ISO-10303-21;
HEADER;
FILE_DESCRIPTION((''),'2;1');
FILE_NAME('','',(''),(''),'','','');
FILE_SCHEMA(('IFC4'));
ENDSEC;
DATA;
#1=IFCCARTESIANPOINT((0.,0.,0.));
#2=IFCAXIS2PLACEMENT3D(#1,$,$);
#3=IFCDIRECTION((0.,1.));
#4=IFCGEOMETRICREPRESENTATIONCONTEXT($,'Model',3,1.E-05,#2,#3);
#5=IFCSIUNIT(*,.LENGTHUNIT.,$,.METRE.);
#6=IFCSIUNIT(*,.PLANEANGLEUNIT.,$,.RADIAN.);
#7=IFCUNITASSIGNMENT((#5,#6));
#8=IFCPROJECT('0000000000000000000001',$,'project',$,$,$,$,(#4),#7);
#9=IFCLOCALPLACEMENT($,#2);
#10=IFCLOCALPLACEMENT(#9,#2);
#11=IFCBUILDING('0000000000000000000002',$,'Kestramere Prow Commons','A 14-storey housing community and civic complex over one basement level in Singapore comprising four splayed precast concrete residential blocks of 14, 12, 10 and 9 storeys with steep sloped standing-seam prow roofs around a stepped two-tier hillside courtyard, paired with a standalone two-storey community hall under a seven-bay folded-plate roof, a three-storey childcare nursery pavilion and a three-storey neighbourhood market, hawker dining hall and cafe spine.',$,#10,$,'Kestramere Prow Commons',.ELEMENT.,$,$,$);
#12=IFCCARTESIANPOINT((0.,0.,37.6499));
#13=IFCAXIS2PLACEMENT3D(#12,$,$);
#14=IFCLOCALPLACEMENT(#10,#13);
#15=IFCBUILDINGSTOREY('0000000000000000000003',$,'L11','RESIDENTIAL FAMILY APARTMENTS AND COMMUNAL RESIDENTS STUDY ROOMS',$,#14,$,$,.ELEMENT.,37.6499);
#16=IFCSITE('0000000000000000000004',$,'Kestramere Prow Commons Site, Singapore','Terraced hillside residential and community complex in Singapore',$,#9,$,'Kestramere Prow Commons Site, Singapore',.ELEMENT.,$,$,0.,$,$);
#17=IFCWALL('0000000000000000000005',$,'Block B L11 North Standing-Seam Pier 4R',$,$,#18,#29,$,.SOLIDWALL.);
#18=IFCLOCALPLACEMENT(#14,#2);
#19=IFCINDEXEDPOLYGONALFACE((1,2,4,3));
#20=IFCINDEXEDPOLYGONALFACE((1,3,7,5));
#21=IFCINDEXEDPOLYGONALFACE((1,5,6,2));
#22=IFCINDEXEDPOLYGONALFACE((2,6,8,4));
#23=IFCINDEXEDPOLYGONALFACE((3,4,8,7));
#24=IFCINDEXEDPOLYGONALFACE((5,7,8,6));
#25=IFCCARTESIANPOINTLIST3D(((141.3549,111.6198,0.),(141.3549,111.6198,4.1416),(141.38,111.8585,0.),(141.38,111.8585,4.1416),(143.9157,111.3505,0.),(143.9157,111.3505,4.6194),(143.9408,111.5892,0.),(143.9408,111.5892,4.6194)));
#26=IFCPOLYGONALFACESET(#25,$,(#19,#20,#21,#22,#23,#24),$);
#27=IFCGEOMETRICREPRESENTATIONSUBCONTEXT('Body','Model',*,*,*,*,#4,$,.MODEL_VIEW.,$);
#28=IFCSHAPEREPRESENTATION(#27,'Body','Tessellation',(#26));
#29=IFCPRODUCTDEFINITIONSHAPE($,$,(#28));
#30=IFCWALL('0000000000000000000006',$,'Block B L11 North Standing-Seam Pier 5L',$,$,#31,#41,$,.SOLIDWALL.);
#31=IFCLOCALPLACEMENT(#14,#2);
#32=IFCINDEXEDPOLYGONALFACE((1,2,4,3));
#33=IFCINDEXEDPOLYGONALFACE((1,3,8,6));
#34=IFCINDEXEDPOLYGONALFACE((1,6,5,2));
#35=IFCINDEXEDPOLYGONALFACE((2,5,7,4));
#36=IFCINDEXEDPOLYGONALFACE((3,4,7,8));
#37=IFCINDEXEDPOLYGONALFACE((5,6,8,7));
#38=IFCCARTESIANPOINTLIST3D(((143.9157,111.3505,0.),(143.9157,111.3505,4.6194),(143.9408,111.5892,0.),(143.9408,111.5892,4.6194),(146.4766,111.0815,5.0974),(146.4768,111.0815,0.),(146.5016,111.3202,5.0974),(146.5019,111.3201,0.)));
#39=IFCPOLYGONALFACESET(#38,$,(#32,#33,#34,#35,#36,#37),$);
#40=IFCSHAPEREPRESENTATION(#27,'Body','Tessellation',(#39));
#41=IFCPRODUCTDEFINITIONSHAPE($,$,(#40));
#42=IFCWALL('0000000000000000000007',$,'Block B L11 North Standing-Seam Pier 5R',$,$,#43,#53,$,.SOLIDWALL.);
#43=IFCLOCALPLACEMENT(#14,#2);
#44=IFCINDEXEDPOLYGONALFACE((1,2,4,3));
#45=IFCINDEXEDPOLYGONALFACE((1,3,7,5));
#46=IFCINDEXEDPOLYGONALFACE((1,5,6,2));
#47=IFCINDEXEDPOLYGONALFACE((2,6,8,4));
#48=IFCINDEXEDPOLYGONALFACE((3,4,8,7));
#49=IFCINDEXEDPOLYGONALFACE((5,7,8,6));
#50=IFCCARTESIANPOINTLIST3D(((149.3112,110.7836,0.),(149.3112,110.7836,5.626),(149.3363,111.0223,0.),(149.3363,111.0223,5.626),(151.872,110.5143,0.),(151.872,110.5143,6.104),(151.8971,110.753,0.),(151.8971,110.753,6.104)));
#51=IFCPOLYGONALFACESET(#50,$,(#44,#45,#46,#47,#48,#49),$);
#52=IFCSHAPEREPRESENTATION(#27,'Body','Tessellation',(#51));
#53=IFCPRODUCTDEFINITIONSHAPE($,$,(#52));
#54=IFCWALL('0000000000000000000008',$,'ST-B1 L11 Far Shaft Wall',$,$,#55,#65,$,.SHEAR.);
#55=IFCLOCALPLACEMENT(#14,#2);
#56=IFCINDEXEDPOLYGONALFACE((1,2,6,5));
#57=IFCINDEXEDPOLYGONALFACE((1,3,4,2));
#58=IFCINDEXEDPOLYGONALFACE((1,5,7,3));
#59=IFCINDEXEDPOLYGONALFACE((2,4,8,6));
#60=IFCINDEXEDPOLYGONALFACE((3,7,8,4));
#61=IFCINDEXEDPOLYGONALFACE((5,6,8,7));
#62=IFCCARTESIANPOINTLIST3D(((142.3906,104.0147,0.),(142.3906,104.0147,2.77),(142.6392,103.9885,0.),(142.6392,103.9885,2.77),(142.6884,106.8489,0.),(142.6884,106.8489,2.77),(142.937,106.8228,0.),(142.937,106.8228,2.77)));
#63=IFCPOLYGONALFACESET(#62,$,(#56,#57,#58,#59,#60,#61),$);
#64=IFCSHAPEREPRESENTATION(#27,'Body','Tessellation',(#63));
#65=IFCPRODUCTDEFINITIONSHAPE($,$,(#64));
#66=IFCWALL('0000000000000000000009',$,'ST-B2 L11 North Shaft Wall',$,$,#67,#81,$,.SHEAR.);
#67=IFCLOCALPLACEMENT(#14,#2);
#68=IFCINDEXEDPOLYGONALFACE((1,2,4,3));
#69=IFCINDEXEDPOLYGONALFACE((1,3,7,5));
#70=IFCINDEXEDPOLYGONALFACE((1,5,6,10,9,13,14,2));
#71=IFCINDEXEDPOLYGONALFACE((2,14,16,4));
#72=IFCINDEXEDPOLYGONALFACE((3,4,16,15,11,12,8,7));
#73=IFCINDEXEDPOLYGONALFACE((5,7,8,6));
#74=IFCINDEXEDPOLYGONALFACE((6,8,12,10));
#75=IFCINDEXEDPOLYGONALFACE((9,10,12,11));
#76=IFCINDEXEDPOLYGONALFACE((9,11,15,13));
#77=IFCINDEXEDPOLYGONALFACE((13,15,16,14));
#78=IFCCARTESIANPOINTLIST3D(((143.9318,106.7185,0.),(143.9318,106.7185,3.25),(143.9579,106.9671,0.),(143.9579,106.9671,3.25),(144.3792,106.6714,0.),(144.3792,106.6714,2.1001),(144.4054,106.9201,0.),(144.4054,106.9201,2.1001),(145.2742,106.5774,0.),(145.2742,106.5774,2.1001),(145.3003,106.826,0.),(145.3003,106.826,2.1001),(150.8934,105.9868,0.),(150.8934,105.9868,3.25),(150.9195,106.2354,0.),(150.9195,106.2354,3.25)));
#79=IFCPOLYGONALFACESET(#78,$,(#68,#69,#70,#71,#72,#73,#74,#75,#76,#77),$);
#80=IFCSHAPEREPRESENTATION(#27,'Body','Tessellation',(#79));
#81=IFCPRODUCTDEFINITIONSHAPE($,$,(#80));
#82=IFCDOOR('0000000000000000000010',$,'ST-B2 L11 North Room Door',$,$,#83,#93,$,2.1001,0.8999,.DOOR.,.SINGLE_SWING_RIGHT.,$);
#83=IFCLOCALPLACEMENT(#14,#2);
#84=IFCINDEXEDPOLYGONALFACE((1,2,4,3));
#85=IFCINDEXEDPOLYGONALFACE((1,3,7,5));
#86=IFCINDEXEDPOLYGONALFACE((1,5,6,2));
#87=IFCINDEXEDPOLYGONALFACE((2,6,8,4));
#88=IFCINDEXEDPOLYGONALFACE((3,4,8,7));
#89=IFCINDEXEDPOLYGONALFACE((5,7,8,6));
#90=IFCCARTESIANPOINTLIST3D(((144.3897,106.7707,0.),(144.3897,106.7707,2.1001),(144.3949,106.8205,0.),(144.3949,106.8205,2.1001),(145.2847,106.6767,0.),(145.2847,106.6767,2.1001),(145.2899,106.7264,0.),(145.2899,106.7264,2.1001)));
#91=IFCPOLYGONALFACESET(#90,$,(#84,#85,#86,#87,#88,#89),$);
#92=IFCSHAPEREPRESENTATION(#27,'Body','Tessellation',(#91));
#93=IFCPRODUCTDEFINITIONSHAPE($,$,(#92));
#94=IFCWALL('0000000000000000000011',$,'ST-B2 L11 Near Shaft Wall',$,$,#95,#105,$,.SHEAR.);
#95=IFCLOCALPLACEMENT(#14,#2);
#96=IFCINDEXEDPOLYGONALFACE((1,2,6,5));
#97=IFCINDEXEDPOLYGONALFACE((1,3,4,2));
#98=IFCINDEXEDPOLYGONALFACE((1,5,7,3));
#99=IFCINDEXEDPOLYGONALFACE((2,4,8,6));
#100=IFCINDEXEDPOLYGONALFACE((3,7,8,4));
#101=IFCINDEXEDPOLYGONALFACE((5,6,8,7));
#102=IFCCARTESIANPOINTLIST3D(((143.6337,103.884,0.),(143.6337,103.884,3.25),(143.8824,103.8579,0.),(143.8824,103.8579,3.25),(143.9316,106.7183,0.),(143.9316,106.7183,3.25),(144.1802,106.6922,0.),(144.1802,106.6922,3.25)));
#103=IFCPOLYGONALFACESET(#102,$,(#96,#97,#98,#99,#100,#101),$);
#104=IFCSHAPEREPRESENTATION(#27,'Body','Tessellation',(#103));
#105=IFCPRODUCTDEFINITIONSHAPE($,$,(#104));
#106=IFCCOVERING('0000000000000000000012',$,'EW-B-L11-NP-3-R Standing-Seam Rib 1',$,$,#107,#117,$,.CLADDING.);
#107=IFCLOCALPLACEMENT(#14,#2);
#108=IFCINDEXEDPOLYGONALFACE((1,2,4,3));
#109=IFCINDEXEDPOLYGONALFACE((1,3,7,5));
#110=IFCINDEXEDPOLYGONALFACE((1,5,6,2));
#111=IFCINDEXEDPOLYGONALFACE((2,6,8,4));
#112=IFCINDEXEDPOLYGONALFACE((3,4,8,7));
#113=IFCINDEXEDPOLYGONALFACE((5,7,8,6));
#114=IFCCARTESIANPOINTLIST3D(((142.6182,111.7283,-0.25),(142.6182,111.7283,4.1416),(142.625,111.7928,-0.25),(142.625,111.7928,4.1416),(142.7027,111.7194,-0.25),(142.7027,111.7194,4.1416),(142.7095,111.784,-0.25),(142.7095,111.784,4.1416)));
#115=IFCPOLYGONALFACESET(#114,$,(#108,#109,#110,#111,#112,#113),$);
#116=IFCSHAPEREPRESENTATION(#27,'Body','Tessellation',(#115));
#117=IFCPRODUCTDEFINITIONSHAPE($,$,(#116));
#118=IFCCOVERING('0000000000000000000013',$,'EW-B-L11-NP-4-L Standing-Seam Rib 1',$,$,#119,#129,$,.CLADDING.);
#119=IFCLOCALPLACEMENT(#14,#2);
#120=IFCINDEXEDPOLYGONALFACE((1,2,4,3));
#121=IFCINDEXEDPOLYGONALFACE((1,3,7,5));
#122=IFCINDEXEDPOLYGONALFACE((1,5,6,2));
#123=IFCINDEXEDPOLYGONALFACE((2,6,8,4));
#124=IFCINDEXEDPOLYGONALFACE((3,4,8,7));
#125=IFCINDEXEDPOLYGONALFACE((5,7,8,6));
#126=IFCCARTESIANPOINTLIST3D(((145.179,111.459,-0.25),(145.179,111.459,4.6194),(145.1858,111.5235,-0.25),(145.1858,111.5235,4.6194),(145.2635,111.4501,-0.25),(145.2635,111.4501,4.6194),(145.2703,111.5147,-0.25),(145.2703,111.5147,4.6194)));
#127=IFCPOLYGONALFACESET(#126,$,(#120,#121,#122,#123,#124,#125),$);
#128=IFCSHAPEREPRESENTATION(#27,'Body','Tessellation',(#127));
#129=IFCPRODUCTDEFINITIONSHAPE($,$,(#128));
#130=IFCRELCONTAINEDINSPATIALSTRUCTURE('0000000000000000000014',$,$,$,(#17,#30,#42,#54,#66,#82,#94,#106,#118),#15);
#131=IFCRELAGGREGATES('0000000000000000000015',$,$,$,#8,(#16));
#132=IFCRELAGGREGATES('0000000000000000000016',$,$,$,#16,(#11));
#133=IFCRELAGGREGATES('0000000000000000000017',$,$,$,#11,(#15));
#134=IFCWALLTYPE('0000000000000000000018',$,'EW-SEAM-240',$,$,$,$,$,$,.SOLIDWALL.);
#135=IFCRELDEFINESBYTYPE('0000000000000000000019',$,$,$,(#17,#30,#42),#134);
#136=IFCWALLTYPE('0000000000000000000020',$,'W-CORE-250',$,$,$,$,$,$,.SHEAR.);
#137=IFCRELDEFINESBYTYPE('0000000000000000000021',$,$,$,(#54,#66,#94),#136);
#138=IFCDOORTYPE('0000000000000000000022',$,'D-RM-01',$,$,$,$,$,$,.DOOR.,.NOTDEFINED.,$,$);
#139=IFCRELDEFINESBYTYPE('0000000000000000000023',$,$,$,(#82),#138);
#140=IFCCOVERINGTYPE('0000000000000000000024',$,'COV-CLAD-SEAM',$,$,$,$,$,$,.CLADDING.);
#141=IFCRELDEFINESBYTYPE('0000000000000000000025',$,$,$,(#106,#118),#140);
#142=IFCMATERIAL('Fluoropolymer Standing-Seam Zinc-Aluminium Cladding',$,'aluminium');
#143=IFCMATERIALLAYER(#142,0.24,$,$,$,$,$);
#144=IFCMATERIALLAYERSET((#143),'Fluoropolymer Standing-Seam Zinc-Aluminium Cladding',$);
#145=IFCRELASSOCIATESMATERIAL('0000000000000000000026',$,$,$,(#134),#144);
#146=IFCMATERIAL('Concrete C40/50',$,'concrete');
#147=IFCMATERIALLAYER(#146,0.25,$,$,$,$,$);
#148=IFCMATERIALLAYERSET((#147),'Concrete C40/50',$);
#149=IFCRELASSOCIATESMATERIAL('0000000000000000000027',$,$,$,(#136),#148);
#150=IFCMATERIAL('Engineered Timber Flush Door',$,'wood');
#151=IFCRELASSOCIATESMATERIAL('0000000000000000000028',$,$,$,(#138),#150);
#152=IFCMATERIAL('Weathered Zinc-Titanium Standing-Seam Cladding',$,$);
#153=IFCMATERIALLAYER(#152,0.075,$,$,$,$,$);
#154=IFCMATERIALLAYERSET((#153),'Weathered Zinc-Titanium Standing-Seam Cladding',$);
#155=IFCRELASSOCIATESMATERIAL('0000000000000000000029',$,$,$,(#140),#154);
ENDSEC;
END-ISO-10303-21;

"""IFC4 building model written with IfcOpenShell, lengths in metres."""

from ifc_helpers import new_model, si_unit, direction, frame, frame_2d, origin, origin_2d, place, context, subcontext, project, spatial, polyline, rectangle, outline, extrude, material, layer, layer_set, type_object, element, fill, save


model = new_model("IFC4")

# Units and contexts
model_context = context("Model", 3, precision=1e-05, world=origin(), true_north=direction((0.0, 1.0)))
body_context = subcontext(model_context, "Body", "Model", "MODEL_VIEW")
ifc_project = project(units=[si_unit("LENGTHUNIT", "METRE"), si_unit("PLANEANGLEUNIT", "RADIAN")], contexts=[model_context])

# Site, building, storey
site_placement = place(None, origin())
site = spatial("IfcSite", under=ifc_project, at=site_placement, Name="Kestramere Prow Commons Site, Singapore", Description="Terraced hillside residential and community complex in Singapore", LongName="Kestramere Prow Commons Site, Singapore", CompositionType="ELEMENT", RefElevation=0.0)
building_placement = place(site_placement, origin())
building = spatial("IfcBuilding", under=site, at=building_placement, Name="Kestramere Prow Commons", Description="A 14-storey housing community and civic complex over one basement level in Singapore comprising four splayed precast concrete residential blocks of 14, 12, 10 and 9 storeys with steep sloped standing-seam prow roofs around a stepped two-tier hillside courtyard, paired with a standalone two-storey community hall under a seven-bay folded-plate roof, a three-storey childcare nursery pavilion and a three-storey neighbourhood market, hawker dining hall and cafe spine.", LongName="Kestramere Prow Commons", CompositionType="ELEMENT")
storey_placement = place(building_placement, frame((0.0, 0.0, 37.6499)))
storey = spatial("IfcBuildingStorey", under=building, at=storey_placement, Name="L11", Description="RESIDENTIAL FAMILY APARTMENTS AND COMMUNAL RESIDENTS STUDY ROOMS", CompositionType="ELEMENT", Elevation=37.6499)

# Walls
ifc_material_1 = material(Name="Fluoropolymer Standing-Seam Zinc-Aluminium Cladding", Category="aluminium")
ifc_layer_1 = layer(ifc_material_1, 0.24)
ifc_layer_set_1 = layer_set([ifc_layer_1], Name="Fluoropolymer Standing-Seam Zinc-Aluminium Cladding")
wall_type_1 = type_object("IfcWallType", Name="EW-SEAM-240", PredefinedType="SOLIDWALL", material=ifc_layer_set_1)
wall_1_placement = place(storey_placement, frame((141.3674, 111.739, 0.0), z_axis=(0.0, 0.0, 1.0), x_axis=(0.994516, -0.104581, 0.0)))
element("IfcWall", 1, at=wall_1_placement, inside=storey, type_object=wall_type_1, Name="Block B L11 North Standing-Seam Pier 4R", PredefinedType="SOLIDWALL", context=body_context, shape_type="SweptSolid", body=[
    extrude(outline(polyline([(0.0, 0.0), (2.575, 0.0), (2.575, 4.6194), (0.0, 4.1416), (0.0, 0.0)])), frame((0.0, 0.1201, 0.0), z_axis=(0.0, -1.0, 0.0), x_axis=(1.0, 0.0, 0.0)), (0.0, 0.0, 1.0), 0.24),
])
wall_2_placement = place(storey_placement, frame((143.9282, 111.4697, 0.0), z_axis=(0.0, 0.0, 1.0), x_axis=(0.994527, -0.104478, 0.0)))
element("IfcWall", 2, at=wall_2_placement, inside=storey, type_object=wall_type_1, Name="Block B L11 North Standing-Seam Pier 5L", PredefinedType="SOLIDWALL", context=body_context, shape_type="SweptSolid", body=[
    extrude(outline(polyline([(0.0, 0.0), (2.5752, 0.0), (2.575, 5.0974), (0.0, 4.6194), (0.0, 0.0)])), frame((0.0, 0.1201, 0.0), z_axis=(0.0, -1.0, 0.0), x_axis=(1.0, 0.0, 0.0)), (0.0, 0.0, 1.0), 0.24),
])
wall_3_placement = place(storey_placement, frame((149.3237, 110.9028, 0.0), z_axis=(0.0, 0.0, 1.0), x_axis=(0.994516, -0.104581, 0.0)))
element("IfcWall", 3, at=wall_3_placement, inside=storey, type_object=wall_type_1, Name="Block B L11 North Standing-Seam Pier 5R", PredefinedType="SOLIDWALL", context=body_context, shape_type="SweptSolid", body=[
    extrude(outline(polyline([(0.0, 0.0), (2.575, 0.0), (2.575, 6.104), (0.0, 5.626), (0.0, 0.0)])), frame((0.0, 0.1201, 0.0), z_axis=(0.0, -1.0, 0.0), x_axis=(1.0, 0.0, 0.0)), (0.0, 0.0, 1.0), 0.24),
])
ifc_material_2 = material(Name="Concrete C40/50", Category="concrete")
ifc_layer_2 = layer(ifc_material_2, 0.25)
ifc_layer_set_2 = layer_set([ifc_layer_2], Name="Concrete C40/50")
wall_type_2 = type_object("IfcWallType", Name="W-CORE-250", PredefinedType="SHEAR", material=ifc_layer_set_2)
wall_4_placement = place(storey_placement, frame((142.5149, 104.0017, 0.0), z_axis=(0.0, 0.0, 1.0), x_axis=(0.104515, 0.994523, 0.0)))
element("IfcWall", 4, at=wall_4_placement, inside=storey, type_object=wall_type_2, Name="ST-B1 L11 Far Shaft Wall", PredefinedType="SHEAR", context=body_context, shape_type="SweptSolid", body=[
    extrude(rectangle(XDim=2.8499, YDim=0.25, at=frame_2d((1.4248, 0.0))), origin(), (0.0, 0.0, 1.0), 2.77),
])

# Wall, opening, door
wall_5_placement = place(storey_placement, frame((143.9448, 106.8428, 0.0), z_axis=(0.0, 0.0, 1.0), x_axis=(0.994522, -0.104527, 0.0)))
wall_5 = element("IfcWall", 5, at=wall_5_placement, inside=storey, type_object=wall_type_2, Name="ST-B2 L11 North Shaft Wall", PredefinedType="SHEAR", context=body_context, shape_type="SweptSolid", body=[
    extrude(rectangle(XDim=7.0, YDim=0.25, at=frame_2d((3.5, 0.0))), origin(), (0.0, 0.0, 1.0), 3.25),
])
opening_placement = place(wall_5_placement, frame((0.45, 0.0, 0.0)))
opening = element("IfcOpeningElement", 6, at=opening_placement, cuts=wall_5, PredefinedType="OPENING", context=body_context, shape_type="SweptSolid", body=[
    extrude(rectangle(XDim=0.8999, YDim=2.1001, at=frame_2d((0.45, 1.05))), frame((0.0, 0.1399, 0.0), z_axis=(0.0, -1.0, 0.0), x_axis=(1.0, 0.0, 0.0)), (0.0, 0.0, 1.0), 0.28),
])
ifc_material_3 = material(Name="Engineered Timber Flush Door", Category="wood")
door_type = type_object("IfcDoorType", Name="D-RM-01", OperationType="NOTDEFINED", PredefinedType="DOOR", material=ifc_material_3)
door_placement = place(opening_placement, origin())
door = element("IfcDoor", 7, at=door_placement, inside=storey, type_object=door_type, Name="ST-B2 L11 North Room Door", OperationType="SINGLE_SWING_RIGHT", OverallHeight=2.1001, OverallWidth=0.8999, PredefinedType="DOOR", context=body_context, shape_type="SweptSolid", body=[
    extrude(rectangle(XDim=0.8999, YDim=2.1001, at=frame_2d((0.45, 1.05))), frame((0.0, 0.0249, 0.0), z_axis=(0.0, -1.0, 0.0), x_axis=(1.0, 0.0, 0.0)), (0.0, 0.0, 1.0), 0.05),
])
fill(opening, door)

# Wall
wall_6_placement = place(storey_placement, frame((143.7581, 103.8711, 0.0), z_axis=(0.0, 0.0, 1.0), x_axis=(0.104515, 0.994523, 0.0)))
element("IfcWall", 8, at=wall_6_placement, inside=storey, type_object=wall_type_2, Name="ST-B2 L11 Near Shaft Wall", PredefinedType="SHEAR", context=body_context, shape_type="SweptSolid", body=[
    extrude(rectangle(XDim=2.8499, YDim=0.25, at=frame_2d((1.4248, 0.0))), origin(), (0.0, 0.0, 1.0), 3.25),
])

# Coverings
ifc_material_4 = material(Name="Weathered Zinc-Titanium Standing-Seam Cladding")
ifc_layer_3 = layer(ifc_material_4, 0.075)
ifc_layer_set_3 = layer_set([ifc_layer_3], Name="Weathered Zinc-Titanium Standing-Seam Cladding")
covering_type = type_object("IfcCoveringType", Name="COV-CLAD-SEAM", PredefinedType="CLADDING", material=ifc_layer_set_3)
covering_1_placement = place(storey_placement, frame((142.6638, 111.7561, -0.25), z_axis=(0.0, 0.0, 1.0), x_axis=(0.994522, -0.104528, 0.0)))
element("IfcCovering", 9, at=covering_1_placement, inside=storey, type_object=covering_type, Name="EW-B-L11-NP-3-R Standing-Seam Rib 1", PredefinedType="CLADDING", context=body_context, shape_type="SweptSolid", body=[
    extrude(rectangle(XDim=0.085, YDim=0.0649, at=origin_2d()), origin(), (0.0, 0.0, 1.0), 4.3916),
])
covering_2_placement = place(storey_placement, frame((145.2246, 111.4868, -0.25), z_axis=(0.0, 0.0, 1.0), x_axis=(0.994522, -0.104528, 0.0)))
element("IfcCovering", 10, at=covering_2_placement, inside=storey, type_object=covering_type, Name="EW-B-L11-NP-4-L Standing-Seam Rib 1", PredefinedType="CLADDING", context=body_context, shape_type="SweptSolid", body=[
    extrude(rectangle(XDim=0.085, YDim=0.0649, at=origin_2d()), origin(), (0.0, 0.0, 1.0), 4.8694),
])

save(model, "model.ifc")
